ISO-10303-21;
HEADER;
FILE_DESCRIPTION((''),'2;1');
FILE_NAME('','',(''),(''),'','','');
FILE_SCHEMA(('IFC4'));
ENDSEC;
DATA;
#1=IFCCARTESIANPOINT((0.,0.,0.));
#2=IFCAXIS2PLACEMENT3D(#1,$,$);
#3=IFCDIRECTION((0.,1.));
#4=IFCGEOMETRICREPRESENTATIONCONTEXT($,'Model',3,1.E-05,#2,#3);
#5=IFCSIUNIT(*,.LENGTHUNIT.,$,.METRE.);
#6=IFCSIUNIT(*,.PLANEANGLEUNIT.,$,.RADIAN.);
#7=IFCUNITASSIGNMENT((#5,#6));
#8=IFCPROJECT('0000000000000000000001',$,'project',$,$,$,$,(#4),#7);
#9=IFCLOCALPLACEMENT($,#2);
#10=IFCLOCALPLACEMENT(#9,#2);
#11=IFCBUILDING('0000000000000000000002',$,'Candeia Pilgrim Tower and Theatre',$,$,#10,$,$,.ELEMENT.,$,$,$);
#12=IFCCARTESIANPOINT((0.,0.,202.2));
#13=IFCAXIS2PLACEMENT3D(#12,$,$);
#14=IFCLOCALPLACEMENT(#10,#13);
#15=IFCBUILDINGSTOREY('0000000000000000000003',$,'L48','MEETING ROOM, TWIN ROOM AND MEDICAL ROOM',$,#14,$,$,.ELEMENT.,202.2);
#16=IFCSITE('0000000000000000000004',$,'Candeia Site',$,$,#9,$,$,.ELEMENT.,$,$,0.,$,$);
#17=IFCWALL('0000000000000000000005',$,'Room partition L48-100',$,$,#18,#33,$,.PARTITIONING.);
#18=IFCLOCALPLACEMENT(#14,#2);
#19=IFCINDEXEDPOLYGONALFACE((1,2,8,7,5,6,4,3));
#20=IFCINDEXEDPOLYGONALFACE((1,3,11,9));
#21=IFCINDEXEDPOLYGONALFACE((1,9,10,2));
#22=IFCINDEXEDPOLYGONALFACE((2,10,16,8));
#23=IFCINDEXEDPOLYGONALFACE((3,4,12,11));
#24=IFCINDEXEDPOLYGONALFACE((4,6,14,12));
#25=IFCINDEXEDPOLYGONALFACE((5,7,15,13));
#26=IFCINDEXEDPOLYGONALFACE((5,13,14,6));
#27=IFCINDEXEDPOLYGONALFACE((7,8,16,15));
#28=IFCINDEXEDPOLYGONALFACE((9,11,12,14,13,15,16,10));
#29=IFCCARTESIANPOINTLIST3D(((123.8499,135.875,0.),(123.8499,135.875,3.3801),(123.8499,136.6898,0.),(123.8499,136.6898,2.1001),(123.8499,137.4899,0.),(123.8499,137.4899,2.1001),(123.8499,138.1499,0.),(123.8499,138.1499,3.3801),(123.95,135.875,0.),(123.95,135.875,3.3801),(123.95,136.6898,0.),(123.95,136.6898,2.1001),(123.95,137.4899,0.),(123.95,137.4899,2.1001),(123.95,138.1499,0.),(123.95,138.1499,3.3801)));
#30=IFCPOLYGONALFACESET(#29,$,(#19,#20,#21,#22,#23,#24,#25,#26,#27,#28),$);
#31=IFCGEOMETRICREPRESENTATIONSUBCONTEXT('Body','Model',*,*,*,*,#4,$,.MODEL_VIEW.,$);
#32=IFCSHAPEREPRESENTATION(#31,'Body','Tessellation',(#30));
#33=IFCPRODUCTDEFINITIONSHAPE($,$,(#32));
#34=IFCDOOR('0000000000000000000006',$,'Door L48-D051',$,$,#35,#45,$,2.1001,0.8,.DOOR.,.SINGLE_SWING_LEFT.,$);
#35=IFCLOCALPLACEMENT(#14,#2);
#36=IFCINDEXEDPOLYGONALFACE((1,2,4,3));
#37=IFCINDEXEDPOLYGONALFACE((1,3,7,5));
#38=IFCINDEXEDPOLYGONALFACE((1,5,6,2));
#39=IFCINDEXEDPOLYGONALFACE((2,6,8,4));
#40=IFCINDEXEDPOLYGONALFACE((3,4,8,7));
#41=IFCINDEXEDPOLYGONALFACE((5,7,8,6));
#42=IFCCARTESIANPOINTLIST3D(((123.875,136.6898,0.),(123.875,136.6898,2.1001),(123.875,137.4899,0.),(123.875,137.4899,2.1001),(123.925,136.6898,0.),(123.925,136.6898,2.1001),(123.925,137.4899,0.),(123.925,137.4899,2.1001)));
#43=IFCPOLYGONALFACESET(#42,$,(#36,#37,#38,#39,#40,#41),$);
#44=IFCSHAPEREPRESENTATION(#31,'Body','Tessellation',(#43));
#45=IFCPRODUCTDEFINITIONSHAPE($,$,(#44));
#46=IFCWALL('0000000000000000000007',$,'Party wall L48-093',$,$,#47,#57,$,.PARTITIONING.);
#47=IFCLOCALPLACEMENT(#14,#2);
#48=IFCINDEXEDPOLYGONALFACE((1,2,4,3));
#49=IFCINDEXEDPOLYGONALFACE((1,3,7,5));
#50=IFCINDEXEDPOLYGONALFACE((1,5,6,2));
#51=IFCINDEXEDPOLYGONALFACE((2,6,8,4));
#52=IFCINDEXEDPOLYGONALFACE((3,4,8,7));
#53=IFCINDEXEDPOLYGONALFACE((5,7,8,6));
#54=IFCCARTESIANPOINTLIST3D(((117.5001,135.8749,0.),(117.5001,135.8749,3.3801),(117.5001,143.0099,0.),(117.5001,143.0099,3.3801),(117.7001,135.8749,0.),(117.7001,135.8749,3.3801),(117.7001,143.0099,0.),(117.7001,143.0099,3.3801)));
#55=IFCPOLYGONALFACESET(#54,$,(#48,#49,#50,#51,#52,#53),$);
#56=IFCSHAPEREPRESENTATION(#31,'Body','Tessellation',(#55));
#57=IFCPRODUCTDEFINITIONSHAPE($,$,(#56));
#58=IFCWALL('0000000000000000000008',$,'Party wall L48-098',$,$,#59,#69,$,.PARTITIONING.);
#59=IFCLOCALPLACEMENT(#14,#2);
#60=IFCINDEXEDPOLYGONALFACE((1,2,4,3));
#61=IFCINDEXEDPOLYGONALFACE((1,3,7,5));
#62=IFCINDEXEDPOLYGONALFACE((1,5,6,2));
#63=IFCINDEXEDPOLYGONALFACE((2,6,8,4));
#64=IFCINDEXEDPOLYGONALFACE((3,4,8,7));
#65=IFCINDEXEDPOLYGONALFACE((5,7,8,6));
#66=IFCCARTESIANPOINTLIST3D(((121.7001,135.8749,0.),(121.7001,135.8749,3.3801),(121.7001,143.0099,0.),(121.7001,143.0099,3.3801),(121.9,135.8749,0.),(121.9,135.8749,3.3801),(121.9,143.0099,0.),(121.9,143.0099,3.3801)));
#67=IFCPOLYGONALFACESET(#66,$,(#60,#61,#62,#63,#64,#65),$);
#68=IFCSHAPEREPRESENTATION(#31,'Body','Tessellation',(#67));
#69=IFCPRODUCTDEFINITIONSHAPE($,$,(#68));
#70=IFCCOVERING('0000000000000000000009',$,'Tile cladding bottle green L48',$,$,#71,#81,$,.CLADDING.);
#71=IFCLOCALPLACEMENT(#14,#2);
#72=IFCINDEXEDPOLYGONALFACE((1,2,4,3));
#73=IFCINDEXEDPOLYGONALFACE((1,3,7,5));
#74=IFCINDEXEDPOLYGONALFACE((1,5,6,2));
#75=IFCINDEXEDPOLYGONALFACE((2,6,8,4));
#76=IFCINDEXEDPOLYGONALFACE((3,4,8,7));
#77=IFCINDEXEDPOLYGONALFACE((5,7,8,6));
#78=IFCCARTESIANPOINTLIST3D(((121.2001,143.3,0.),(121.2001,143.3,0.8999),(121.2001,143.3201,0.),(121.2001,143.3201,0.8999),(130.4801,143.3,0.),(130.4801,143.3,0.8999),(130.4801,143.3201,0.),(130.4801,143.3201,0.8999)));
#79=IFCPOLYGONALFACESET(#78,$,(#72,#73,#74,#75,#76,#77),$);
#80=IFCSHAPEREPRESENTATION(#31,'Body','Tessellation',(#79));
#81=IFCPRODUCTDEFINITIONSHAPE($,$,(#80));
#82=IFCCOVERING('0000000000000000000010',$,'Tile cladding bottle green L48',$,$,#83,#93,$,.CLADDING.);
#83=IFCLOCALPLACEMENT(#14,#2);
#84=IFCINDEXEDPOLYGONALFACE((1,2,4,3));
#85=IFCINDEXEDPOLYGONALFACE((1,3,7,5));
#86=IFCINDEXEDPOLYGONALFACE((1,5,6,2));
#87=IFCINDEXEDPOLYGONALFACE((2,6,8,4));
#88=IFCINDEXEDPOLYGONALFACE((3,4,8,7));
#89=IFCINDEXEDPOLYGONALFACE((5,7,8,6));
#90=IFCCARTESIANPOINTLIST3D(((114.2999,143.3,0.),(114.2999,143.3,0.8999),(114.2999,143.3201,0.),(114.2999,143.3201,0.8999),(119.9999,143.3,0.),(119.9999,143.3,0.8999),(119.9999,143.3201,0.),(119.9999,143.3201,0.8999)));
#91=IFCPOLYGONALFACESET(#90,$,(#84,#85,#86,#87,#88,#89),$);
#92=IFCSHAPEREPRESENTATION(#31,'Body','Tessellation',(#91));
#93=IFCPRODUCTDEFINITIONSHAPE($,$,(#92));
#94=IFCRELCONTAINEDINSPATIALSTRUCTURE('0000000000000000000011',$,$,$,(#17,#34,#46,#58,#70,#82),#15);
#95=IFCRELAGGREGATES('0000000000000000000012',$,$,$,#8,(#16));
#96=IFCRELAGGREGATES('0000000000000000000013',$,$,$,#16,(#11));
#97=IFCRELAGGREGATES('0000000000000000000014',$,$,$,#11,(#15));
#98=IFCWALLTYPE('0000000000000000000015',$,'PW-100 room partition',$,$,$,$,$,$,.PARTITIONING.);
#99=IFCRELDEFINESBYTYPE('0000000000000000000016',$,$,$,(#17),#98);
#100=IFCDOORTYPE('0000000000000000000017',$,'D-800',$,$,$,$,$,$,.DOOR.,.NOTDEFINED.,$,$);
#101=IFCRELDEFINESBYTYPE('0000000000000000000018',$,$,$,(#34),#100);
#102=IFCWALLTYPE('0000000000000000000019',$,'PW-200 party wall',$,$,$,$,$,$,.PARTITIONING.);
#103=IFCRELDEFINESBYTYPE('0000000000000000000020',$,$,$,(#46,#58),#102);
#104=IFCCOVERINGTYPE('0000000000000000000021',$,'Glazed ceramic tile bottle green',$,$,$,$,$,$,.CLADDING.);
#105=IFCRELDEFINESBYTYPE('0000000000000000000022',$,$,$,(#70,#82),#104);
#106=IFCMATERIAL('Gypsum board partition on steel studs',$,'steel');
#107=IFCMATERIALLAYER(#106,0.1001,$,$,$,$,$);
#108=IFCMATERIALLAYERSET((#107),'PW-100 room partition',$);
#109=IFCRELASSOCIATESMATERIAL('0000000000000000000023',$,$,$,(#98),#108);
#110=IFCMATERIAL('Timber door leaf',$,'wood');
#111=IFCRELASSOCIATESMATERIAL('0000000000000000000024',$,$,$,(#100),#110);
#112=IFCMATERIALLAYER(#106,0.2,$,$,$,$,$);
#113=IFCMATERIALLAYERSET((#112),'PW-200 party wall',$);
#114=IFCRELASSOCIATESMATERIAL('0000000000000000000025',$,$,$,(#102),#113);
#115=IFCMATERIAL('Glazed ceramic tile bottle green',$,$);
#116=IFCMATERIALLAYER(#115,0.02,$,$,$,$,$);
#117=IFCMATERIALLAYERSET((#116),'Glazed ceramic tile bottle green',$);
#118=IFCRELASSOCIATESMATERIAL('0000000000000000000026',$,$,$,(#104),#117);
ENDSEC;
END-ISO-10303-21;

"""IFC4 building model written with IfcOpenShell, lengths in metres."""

from ifc_helpers import new_model, si_unit, direction, frame, frame_2d, origin, origin_2d, place, context, subcontext, project, spatial, rectangle, extrude, material, layer, layer_set, type_object, element, fill, save


model = new_model("IFC4")

# Units and contexts
model_context = context("Model", 3, precision=1e-05, world=origin(), true_north=direction((0.0, 1.0)))
body_context = subcontext(model_context, "Body", "Model", "MODEL_VIEW")
ifc_project = project(units=[si_unit("LENGTHUNIT", "METRE"), si_unit("PLANEANGLEUNIT", "RADIAN")], contexts=[model_context])

# Site, building, storey
site_placement = place(None, origin())
site = spatial("IfcSite", under=ifc_project, at=site_placement, Name="Candeia Site", CompositionType="ELEMENT", RefElevation=0.0)
building_placement = place(site_placement, origin())
building = spatial("IfcBuilding", under=site, at=building_placement, Name="Candeia Pilgrim Tower and Theatre", CompositionType="ELEMENT")
storey_placement = place(building_placement, frame((0.0, 0.0, 202.2)))
storey = spatial("IfcBuildingStorey", under=building, at=storey_placement, Name="L48", Description="MEETING ROOM, TWIN ROOM AND MEDICAL ROOM", CompositionType="ELEMENT", Elevation=202.2)

# Shared definitions
ifc_material_1 = material(Name="Gypsum board partition on steel studs", Category="steel")
ifc_layer_1 = layer(ifc_material_1, 0.1001)
ifc_layer_set_1 = layer_set([ifc_layer_1], Name="PW-100 room partition")
wall_type_1 = type_object("IfcWallType", Name="PW-100 room partition", PredefinedType="PARTITIONING", material=ifc_layer_set_1)

# Wall, opening, door
ifc_material_2 = material(Name="Timber door leaf", Category="wood")
door_type_1 = type_object("IfcDoorType", Name="D-800", OperationType="NOTDEFINED", PredefinedType="DOOR", material=ifc_material_2)
wall_1_placement = place(storey_placement, frame((123.8999, 135.875, 0.0), z_axis=(0.0, 0.0, 1.0), x_axis=(0.0, 1.0, 0.0)))
wall_1 = element("IfcWall", 1, at=wall_1_placement, inside=storey, type_object=wall_type_1, Name="Room partition L48-100", PredefinedType="PARTITIONING", context=body_context, shape_type="SweptSolid", body=[
    extrude(rectangle(XDim=2.2749, YDim=0.1001, at=frame_2d((1.1375, 0.0))), origin(), (0.0, 0.0, 1.0), 3.3801),
])
opening_1_placement = place(wall_1_placement, frame((0.8149, 0.0, 0.0)))
opening_1 = element("IfcOpeningElement", 2, at=opening_1_placement, cuts=wall_1, PredefinedType="OPENING", context=body_context, shape_type="SweptSolid", body=[
    extrude(rectangle(XDim=0.8, YDim=2.1001, at=frame_2d((0.3999, 1.05))), frame((0.0, 0.0601, 0.0), z_axis=(0.0, -1.0, 0.0), x_axis=(1.0, 0.0, 0.0)), (0.0, 0.0, 1.0), 0.1201),
])
door_1_placement = place(opening_1_placement, origin())
door_1 = element("IfcDoor", 3, at=door_1_placement, inside=storey, type_object=door_type_1, Name="Door L48-D051", OperationType="SINGLE_SWING_LEFT", OverallHeight=2.1001, OverallWidth=0.8, PredefinedType="DOOR", context=body_context, shape_type="SweptSolid", body=[
    extrude(rectangle(XDim=0.8, YDim=2.1001, at=frame_2d((0.3999, 1.05))), frame((0.0, 0.0249, 0.0), z_axis=(0.0, -1.0, 0.0), x_axis=(1.0, 0.0, 0.0)), (0.0, 0.0, 1.0), 0.05),
])
fill(opening_1, door_1)

# Walls
ifc_layer_2 = layer(ifc_material_1, 0.2)
ifc_layer_set_2 = layer_set([ifc_layer_2], Name="PW-200 party wall")
wall_type_2 = type_object("IfcWallType", Name="PW-200 party wall", PredefinedType="PARTITIONING", material=ifc_layer_set_2)
for number, where, z_axis, x_axis, name in (
    (4, (117.6001, 135.875, 0.0), (0.0, 0.0, 1.0), (0.0, 1.0, 0.0), "Party wall L48-093"),
    (5, (121.8, 135.875, 0.0), (0.0, 0.0, 1.0), (0.0, 1.0, 0.0), "Party wall L48-098"),
):
    element("IfcWall", number, at=place(storey_placement, frame(where, z_axis=z_axis, x_axis=x_axis)), inside=storey, type_object=wall_type_2, Name=name, PredefinedType="PARTITIONING", context=body_context, shape_type="SweptSolid", body=[
        extrude(rectangle(XDim=7.135, YDim=0.2, at=frame_2d((3.5674, 0.0))), origin(), (0.0, 0.0, 1.0), 3.3801),
    ])

# Coverings
ifc_material_3 = material(Name="Glazed ceramic tile bottle green")
ifc_layer_3 = layer(ifc_material_3, 0.02)
ifc_layer_set_3 = layer_set([ifc_layer_3], Name="Glazed ceramic tile bottle green")
covering_type = type_object("IfcCoveringType", Name="Glazed ceramic tile bottle green", PredefinedType="CLADDING", material=ifc_layer_set_3)
covering_1_placement = place(storey_placement, frame((125.8401, 143.3101, 0.0), z_axis=(0.0, 0.0, 1.0), x_axis=(-1.0, 0.0, 0.0)))
element("IfcCovering", 6, at=covering_1_placement, inside=storey, type_object=covering_type, Name="Tile cladding bottle green L48", PredefinedType="CLADDING", context=body_context, shape_type="SweptSolid", body=[
    extrude(rectangle(XDim=9.28, YDim=0.02, at=origin_2d()), origin(), (0.0, 0.0, 1.0), 0.8999),
])
covering_2_placement = place(storey_placement, frame((117.1499, 143.3101, 0.0), z_axis=(0.0, 0.0, 1.0), x_axis=(-1.0, 0.0, 0.0)))
element("IfcCovering", 7, at=covering_2_placement, inside=storey, type_object=covering_type, Name="Tile cladding bottle green L48", PredefinedType="CLADDING", context=body_context, shape_type="SweptSolid", body=[
    extrude(rectangle(XDim=5.7, YDim=0.02, at=origin_2d()), origin(), (0.0, 0.0, 1.0), 0.8999),
])

save(model, "model.ifc")
